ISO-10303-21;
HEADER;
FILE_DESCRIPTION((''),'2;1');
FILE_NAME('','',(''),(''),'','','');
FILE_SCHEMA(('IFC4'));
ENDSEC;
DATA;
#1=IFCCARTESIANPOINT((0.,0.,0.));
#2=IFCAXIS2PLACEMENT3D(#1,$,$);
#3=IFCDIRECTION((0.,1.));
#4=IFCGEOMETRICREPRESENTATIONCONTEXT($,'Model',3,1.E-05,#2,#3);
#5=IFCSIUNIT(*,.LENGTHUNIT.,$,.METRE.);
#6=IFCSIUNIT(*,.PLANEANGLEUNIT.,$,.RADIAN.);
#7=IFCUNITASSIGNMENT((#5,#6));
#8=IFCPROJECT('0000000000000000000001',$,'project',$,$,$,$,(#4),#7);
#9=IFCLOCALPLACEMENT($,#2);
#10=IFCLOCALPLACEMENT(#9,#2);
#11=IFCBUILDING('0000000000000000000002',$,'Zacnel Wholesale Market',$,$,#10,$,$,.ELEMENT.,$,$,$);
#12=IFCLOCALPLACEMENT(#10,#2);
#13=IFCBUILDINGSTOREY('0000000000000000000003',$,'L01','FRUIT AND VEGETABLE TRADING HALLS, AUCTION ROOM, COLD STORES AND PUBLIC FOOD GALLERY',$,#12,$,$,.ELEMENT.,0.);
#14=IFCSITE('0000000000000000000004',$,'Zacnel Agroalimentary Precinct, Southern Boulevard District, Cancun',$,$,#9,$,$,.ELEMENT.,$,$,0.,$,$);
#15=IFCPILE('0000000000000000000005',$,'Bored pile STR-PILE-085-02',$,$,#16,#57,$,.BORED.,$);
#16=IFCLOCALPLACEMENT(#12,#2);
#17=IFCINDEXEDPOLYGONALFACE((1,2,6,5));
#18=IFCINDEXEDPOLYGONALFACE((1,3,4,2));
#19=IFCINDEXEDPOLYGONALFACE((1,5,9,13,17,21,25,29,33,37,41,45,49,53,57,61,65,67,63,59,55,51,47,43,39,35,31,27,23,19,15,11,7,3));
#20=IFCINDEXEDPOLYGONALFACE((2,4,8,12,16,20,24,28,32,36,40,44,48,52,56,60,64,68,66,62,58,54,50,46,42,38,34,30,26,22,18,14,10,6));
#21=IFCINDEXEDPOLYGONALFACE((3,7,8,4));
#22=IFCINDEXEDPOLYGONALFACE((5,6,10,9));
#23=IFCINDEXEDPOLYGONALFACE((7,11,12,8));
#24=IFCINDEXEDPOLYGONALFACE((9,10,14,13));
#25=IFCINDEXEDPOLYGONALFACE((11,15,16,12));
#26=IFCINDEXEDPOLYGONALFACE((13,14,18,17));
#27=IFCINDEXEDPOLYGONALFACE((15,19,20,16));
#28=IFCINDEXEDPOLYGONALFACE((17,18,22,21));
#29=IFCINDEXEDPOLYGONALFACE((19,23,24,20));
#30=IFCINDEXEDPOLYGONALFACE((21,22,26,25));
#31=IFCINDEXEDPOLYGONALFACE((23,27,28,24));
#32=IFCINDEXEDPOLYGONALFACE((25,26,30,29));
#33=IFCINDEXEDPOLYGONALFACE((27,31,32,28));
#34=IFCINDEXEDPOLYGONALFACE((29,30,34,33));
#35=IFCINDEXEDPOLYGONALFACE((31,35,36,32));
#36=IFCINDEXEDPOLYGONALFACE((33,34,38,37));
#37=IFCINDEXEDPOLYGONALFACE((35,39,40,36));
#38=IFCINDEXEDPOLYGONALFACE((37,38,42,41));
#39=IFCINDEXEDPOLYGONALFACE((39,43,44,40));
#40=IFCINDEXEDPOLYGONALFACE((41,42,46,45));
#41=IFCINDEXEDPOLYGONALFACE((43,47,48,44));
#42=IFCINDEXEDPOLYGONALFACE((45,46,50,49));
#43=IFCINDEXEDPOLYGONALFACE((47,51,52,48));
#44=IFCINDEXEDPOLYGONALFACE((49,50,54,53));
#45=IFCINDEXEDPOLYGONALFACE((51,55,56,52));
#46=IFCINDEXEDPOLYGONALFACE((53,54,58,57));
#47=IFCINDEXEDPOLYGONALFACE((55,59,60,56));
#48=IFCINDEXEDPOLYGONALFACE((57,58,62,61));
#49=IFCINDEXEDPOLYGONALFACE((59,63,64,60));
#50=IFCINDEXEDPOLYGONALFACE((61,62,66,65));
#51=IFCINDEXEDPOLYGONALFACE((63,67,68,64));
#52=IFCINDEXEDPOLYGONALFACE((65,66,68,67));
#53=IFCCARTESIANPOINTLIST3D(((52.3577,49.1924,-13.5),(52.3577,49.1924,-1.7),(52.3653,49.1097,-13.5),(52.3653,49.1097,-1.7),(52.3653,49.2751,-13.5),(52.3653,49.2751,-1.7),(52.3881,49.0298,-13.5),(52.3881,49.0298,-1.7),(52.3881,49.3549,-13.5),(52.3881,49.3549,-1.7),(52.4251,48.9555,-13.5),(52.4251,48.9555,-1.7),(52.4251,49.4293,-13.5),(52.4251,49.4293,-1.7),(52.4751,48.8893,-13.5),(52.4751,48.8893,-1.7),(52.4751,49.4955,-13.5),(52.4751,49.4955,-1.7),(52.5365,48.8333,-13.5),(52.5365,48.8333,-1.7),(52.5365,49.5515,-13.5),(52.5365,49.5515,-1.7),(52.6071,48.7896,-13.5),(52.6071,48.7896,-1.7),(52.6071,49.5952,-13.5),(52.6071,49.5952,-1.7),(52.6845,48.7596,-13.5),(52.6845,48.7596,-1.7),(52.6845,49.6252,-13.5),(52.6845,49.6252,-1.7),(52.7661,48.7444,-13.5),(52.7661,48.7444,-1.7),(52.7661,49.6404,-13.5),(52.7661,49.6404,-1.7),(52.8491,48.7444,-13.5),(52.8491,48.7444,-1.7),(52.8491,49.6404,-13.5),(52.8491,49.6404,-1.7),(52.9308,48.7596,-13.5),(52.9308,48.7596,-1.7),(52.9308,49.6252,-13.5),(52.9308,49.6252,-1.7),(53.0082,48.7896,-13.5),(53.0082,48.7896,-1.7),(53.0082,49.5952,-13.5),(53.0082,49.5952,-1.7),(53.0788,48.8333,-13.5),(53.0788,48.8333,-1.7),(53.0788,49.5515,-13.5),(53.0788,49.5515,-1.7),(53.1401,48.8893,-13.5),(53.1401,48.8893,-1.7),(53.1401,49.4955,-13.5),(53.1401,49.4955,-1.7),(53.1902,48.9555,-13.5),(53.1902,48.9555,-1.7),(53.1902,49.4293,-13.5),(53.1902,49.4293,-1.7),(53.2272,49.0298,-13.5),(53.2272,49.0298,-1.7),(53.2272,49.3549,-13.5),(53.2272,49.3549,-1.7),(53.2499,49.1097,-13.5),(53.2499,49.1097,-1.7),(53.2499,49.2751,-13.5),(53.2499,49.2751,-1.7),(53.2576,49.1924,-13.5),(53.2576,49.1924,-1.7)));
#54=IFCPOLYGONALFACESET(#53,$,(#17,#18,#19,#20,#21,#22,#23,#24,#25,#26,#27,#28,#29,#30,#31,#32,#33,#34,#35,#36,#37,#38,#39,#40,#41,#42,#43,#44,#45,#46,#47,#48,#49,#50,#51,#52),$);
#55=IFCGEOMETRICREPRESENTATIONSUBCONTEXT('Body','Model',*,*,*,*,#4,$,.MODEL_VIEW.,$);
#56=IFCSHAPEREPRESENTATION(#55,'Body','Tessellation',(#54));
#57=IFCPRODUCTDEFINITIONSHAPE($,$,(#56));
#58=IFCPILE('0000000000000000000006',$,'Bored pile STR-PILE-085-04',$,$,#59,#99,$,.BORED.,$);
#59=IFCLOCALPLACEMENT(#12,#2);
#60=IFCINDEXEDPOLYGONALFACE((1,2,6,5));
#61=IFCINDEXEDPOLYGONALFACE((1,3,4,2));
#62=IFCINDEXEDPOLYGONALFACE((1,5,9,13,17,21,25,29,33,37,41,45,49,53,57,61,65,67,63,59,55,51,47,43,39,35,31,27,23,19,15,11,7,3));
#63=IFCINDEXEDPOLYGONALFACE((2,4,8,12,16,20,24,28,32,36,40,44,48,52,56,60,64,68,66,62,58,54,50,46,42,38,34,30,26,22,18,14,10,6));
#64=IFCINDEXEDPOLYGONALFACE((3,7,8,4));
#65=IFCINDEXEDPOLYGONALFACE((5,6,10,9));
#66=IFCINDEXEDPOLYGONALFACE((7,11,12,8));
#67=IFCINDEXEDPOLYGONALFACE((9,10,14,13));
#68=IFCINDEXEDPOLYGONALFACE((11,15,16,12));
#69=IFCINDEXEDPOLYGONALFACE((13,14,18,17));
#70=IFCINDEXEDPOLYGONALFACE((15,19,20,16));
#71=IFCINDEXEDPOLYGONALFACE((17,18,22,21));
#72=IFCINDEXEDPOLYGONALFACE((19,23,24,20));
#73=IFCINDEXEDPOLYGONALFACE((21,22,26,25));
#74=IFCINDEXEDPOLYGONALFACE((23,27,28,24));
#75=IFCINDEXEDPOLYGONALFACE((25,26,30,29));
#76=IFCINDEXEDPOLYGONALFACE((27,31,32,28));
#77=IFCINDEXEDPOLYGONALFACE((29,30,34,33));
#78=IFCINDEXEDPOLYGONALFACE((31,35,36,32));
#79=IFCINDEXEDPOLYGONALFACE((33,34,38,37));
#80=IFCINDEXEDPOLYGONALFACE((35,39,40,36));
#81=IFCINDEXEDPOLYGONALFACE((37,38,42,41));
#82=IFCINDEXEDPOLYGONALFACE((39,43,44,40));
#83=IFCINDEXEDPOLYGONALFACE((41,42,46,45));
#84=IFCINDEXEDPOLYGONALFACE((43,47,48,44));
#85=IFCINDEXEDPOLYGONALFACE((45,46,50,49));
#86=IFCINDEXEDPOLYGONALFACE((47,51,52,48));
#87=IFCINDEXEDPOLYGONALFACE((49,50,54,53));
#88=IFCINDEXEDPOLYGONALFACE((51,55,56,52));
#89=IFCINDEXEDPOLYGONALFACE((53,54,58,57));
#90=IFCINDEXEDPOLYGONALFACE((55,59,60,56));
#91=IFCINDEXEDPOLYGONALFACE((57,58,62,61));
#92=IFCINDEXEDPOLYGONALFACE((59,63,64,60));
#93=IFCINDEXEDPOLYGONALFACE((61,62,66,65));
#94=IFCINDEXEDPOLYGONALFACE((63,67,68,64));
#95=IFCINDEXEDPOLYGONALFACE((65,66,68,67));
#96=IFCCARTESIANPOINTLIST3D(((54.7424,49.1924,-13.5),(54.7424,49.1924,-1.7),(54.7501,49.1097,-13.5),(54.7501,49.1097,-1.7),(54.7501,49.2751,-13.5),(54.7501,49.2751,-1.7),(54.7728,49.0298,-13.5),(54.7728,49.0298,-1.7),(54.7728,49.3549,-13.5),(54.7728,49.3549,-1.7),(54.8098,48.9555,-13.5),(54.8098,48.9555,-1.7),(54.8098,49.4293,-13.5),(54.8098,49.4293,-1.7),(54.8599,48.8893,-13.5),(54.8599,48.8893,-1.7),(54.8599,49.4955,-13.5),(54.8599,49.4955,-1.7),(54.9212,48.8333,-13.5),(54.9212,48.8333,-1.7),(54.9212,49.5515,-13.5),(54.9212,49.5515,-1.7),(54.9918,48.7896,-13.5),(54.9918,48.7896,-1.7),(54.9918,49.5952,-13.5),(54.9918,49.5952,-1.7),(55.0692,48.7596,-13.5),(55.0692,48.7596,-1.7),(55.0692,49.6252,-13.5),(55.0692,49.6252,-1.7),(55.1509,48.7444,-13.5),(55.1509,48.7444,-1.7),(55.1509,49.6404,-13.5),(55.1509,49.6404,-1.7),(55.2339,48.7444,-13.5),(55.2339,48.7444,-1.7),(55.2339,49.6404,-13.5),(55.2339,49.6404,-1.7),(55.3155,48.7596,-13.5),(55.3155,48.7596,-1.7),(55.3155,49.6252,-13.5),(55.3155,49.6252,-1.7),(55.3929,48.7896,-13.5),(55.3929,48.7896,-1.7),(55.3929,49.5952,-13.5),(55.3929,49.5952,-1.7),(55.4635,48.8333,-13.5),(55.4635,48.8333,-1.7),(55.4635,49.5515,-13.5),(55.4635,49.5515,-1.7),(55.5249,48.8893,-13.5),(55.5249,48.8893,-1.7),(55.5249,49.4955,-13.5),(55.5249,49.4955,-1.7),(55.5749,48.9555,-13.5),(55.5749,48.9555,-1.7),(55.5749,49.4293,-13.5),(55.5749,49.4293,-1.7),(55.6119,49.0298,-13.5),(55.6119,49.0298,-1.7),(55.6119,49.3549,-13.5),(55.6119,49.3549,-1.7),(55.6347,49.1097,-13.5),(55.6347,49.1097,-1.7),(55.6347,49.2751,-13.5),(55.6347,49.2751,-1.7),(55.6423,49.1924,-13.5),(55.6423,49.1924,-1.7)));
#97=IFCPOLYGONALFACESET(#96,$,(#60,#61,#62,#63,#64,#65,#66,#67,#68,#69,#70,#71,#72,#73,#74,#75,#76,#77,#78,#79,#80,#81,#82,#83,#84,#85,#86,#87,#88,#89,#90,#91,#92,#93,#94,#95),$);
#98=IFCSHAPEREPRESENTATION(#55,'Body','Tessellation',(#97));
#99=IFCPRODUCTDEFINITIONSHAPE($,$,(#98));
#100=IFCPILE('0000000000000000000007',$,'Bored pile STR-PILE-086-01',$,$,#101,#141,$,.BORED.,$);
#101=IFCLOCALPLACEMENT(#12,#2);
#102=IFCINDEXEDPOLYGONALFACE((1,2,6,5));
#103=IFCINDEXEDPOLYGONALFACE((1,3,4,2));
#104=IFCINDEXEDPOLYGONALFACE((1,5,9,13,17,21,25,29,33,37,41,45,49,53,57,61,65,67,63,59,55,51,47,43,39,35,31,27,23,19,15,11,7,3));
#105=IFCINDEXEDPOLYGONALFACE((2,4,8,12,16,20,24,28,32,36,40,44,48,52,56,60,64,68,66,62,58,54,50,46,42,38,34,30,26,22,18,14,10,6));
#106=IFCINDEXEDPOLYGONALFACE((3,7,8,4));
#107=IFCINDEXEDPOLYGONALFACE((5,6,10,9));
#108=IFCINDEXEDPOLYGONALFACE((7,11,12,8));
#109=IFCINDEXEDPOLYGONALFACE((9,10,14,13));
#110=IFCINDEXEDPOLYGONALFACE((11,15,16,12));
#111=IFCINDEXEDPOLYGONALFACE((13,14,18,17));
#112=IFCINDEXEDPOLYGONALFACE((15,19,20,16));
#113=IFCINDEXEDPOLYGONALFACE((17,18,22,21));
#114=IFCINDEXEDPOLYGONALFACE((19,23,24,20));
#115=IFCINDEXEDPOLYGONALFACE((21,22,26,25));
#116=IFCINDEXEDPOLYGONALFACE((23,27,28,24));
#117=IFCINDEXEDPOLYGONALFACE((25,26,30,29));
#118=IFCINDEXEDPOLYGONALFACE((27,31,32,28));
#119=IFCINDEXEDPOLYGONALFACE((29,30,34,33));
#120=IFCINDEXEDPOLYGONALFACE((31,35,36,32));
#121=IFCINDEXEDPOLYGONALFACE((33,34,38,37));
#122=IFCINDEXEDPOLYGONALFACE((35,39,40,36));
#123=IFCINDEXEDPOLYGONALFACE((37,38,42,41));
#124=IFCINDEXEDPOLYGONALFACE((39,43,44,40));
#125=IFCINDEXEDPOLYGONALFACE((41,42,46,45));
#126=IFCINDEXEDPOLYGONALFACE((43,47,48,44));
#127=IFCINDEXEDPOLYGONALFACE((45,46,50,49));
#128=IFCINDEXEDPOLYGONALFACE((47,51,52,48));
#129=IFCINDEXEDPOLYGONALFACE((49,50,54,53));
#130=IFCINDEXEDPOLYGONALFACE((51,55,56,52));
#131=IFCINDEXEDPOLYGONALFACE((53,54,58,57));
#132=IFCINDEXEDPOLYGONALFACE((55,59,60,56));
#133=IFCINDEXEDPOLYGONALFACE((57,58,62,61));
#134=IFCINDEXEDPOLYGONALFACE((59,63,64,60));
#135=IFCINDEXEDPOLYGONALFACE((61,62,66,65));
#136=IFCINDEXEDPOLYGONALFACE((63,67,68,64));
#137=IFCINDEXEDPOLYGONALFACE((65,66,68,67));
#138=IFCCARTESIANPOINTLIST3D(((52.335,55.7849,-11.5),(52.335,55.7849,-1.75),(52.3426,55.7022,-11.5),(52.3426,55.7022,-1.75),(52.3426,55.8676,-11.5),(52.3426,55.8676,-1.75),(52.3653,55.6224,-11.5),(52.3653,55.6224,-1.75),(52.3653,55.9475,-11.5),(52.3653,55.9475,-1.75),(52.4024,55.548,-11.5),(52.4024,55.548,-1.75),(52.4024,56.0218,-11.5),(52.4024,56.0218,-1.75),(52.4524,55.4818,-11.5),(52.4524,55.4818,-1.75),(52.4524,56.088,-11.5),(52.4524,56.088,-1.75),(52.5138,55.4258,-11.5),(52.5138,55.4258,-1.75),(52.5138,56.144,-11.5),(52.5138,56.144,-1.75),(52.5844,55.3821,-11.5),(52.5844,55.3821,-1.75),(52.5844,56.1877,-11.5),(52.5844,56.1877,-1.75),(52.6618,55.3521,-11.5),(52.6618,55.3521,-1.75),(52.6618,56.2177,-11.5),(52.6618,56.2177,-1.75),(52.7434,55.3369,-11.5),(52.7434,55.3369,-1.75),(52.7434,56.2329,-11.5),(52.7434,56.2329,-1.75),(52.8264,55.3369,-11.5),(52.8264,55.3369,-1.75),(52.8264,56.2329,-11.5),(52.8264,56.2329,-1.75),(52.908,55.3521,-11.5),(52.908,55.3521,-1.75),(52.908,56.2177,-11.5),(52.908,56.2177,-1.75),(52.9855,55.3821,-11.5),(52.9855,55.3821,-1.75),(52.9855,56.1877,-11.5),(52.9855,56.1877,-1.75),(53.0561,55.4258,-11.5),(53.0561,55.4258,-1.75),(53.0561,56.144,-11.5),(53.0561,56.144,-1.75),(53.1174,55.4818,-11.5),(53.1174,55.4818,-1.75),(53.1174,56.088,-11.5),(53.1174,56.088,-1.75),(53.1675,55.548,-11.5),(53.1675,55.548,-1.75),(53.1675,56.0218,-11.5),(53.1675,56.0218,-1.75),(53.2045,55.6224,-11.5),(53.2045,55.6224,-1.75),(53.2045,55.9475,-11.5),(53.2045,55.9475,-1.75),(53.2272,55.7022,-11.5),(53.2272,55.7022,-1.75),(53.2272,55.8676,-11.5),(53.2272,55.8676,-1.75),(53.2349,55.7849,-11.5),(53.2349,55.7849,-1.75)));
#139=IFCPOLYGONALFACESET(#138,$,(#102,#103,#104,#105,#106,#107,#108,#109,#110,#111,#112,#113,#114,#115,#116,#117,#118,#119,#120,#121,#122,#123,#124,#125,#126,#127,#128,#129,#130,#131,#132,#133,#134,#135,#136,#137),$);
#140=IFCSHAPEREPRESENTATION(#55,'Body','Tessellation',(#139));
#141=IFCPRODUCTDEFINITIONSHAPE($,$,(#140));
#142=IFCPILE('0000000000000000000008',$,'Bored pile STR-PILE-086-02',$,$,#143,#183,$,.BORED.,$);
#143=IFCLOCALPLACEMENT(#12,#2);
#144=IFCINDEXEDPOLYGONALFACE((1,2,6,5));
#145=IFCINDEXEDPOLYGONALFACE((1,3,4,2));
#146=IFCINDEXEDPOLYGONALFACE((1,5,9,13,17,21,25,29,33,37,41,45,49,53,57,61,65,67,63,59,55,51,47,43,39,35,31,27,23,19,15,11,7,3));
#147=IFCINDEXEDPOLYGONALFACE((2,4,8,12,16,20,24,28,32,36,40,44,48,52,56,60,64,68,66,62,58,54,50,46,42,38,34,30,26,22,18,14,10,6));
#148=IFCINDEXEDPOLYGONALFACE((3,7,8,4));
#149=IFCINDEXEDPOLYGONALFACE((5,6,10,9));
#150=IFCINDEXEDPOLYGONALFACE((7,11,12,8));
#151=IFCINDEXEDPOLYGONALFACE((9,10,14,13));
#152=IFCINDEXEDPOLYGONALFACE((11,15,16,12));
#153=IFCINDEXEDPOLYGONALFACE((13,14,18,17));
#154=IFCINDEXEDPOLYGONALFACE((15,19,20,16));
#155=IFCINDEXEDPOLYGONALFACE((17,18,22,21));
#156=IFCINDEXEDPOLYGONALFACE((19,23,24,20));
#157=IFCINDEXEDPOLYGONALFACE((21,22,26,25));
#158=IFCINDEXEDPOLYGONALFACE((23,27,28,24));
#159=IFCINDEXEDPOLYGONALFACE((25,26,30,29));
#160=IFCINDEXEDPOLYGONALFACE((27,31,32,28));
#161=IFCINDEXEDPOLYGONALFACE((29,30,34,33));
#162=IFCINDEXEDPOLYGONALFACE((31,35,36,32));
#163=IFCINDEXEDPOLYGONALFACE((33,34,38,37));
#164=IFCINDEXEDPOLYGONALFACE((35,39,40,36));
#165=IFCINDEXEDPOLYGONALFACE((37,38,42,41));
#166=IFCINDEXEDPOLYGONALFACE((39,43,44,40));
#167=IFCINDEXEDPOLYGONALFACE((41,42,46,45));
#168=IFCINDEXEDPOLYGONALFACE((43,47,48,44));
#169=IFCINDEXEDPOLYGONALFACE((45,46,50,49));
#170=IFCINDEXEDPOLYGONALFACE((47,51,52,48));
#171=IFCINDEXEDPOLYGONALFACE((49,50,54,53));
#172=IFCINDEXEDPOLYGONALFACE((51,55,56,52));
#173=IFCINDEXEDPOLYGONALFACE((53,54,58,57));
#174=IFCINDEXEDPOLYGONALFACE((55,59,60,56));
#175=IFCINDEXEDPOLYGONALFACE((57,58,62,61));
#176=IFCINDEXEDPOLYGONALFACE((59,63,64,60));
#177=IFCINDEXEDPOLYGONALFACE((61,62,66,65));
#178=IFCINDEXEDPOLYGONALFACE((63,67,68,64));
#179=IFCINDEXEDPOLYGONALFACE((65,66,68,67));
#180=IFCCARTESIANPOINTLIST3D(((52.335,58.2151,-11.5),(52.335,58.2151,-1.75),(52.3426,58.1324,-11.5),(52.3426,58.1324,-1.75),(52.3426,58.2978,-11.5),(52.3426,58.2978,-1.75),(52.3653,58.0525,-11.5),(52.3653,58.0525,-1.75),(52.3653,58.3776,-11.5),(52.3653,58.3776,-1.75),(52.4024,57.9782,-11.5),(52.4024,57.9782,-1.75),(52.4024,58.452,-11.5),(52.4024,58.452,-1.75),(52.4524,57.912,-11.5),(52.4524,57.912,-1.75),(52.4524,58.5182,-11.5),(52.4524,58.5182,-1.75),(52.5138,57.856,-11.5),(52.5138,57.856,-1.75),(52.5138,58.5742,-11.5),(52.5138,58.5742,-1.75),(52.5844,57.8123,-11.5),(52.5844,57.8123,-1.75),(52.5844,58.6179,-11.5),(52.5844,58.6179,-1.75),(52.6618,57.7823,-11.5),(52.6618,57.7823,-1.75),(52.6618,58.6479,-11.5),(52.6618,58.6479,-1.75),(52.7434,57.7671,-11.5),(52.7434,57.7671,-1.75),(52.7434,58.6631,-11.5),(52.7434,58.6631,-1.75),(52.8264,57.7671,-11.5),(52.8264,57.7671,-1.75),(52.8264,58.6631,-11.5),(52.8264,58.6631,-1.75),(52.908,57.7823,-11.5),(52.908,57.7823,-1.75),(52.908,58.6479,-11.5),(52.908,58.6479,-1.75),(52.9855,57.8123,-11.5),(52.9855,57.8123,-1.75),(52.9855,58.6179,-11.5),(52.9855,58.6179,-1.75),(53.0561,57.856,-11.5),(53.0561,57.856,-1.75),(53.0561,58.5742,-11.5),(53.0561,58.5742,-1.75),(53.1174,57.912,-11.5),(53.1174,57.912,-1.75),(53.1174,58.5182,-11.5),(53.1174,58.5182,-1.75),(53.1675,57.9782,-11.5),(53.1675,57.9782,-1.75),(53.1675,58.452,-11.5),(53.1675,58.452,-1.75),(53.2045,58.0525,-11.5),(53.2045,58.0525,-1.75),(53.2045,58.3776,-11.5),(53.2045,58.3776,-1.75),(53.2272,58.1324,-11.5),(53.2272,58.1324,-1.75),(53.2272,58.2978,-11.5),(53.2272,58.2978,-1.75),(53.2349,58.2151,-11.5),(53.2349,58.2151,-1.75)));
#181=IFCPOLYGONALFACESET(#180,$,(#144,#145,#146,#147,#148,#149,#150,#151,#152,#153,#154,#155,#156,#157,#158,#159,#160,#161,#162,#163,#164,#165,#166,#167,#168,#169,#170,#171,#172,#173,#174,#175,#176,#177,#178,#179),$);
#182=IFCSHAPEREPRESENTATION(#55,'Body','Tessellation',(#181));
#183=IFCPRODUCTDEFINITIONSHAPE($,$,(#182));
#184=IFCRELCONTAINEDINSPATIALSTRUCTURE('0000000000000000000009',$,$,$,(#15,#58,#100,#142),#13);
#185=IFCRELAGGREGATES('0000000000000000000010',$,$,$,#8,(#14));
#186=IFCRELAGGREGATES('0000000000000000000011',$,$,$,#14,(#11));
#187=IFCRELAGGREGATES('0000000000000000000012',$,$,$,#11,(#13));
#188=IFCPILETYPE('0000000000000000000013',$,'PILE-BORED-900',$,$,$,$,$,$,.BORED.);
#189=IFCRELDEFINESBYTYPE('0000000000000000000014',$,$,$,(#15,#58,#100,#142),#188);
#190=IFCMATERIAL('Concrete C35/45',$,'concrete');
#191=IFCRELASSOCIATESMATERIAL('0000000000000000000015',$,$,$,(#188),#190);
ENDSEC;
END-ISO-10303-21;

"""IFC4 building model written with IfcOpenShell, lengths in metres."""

from ifc_helpers import new_model, si_unit, direction, frame, origin, origin_2d, place, context, subcontext, project, spatial, circle, extrude, material, material_profile, profile_set, type_object, element, save


model = new_model("IFC4")

# Units and contexts
model_context = context("Model", 3, precision=1e-05, world=origin(), true_north=direction((0.0, 1.0)))
body_context = subcontext(model_context, "Body", "Model", "MODEL_VIEW")
ifc_project = project(units=[si_unit("LENGTHUNIT", "METRE"), si_unit("PLANEANGLEUNIT", "RADIAN")], contexts=[model_context])

# Site, building, storey
site_placement = place(None, origin())
site = spatial("IfcSite", under=ifc_project, at=site_placement, Name="Zacnel Agroalimentary Precinct, Southern Boulevard District, Cancun", CompositionType="ELEMENT", RefElevation=0.0)
building_placement = place(site_placement, origin())
building = spatial("IfcBuilding", under=site, at=building_placement, Name="Zacnel Wholesale Market", CompositionType="ELEMENT")
storey_placement = place(building_placement, origin())
storey = spatial("IfcBuildingStorey", under=building, at=storey_placement, Name="L01", Description="FRUIT AND VEGETABLE TRADING HALLS, AUCTION ROOM, COLD STORES AND PUBLIC FOOD GALLERY", CompositionType="ELEMENT", Elevation=0.0)

# Piles
ifc_material_1 = material(Name="Concrete C35/45", Category="concrete")
ifc_material_profile_1 = material_profile(ifc_material_1, circle(Radius=0.45, at=origin_2d()), Name="BORED PILE D900")
ifc_profile_set_1 = profile_set([ifc_material_profile_1], Name="Concrete C35/45")
pile_type = type_object("IfcPileType", Name="PILE-BORED-900", PredefinedType="BORED", material=ifc_profile_set_1)
for number, where, z_axis, x_axis, name in (
    (1, (52.8076, 49.1924, -1.7), (0.0, 0.0, -1.0), (1.0, 0.0, 0.0), "Bored pile STR-PILE-085-02"),
    (2, (55.1924, 49.1924, -1.7), (0.0, 0.0, -1.0), (1.0, 0.0, 0.0), "Bored pile STR-PILE-085-04"),
):
    element("IfcPile", number, at=place(storey_placement, frame(where, z_axis=z_axis, x_axis=x_axis)), inside=storey, type_object=pile_type, Name=name, PredefinedType="BORED", context=body_context, shape_type="SweptSolid", body=[
        extrude(circle(Radius=0.45, at=origin_2d()), origin(), (0.0, 0.0, 1.0), 11.8),
    ])
for number, where, z_axis, x_axis, name in (
    (3, (52.7849, 55.7849, -1.75), (0.0, 0.0, -1.0), (1.0, 0.0, 0.0), "Bored pile STR-PILE-086-01"),
    (4, (52.7849, 58.2151, -1.75), (0.0, 0.0, -1.0), (1.0, 0.0, 0.0), "Bored pile STR-PILE-086-02"),
):
    element("IfcPile", number, at=place(storey_placement, frame(where, z_axis=z_axis, x_axis=x_axis)), inside=storey, type_object=pile_type, Name=name, PredefinedType="BORED", context=body_context, shape_type="SweptSolid", body=[
        extrude(circle(Radius=0.45, at=origin_2d()), origin(), (0.0, 0.0, 1.0), 9.75),
    ])

save(model, "model.ifc")
